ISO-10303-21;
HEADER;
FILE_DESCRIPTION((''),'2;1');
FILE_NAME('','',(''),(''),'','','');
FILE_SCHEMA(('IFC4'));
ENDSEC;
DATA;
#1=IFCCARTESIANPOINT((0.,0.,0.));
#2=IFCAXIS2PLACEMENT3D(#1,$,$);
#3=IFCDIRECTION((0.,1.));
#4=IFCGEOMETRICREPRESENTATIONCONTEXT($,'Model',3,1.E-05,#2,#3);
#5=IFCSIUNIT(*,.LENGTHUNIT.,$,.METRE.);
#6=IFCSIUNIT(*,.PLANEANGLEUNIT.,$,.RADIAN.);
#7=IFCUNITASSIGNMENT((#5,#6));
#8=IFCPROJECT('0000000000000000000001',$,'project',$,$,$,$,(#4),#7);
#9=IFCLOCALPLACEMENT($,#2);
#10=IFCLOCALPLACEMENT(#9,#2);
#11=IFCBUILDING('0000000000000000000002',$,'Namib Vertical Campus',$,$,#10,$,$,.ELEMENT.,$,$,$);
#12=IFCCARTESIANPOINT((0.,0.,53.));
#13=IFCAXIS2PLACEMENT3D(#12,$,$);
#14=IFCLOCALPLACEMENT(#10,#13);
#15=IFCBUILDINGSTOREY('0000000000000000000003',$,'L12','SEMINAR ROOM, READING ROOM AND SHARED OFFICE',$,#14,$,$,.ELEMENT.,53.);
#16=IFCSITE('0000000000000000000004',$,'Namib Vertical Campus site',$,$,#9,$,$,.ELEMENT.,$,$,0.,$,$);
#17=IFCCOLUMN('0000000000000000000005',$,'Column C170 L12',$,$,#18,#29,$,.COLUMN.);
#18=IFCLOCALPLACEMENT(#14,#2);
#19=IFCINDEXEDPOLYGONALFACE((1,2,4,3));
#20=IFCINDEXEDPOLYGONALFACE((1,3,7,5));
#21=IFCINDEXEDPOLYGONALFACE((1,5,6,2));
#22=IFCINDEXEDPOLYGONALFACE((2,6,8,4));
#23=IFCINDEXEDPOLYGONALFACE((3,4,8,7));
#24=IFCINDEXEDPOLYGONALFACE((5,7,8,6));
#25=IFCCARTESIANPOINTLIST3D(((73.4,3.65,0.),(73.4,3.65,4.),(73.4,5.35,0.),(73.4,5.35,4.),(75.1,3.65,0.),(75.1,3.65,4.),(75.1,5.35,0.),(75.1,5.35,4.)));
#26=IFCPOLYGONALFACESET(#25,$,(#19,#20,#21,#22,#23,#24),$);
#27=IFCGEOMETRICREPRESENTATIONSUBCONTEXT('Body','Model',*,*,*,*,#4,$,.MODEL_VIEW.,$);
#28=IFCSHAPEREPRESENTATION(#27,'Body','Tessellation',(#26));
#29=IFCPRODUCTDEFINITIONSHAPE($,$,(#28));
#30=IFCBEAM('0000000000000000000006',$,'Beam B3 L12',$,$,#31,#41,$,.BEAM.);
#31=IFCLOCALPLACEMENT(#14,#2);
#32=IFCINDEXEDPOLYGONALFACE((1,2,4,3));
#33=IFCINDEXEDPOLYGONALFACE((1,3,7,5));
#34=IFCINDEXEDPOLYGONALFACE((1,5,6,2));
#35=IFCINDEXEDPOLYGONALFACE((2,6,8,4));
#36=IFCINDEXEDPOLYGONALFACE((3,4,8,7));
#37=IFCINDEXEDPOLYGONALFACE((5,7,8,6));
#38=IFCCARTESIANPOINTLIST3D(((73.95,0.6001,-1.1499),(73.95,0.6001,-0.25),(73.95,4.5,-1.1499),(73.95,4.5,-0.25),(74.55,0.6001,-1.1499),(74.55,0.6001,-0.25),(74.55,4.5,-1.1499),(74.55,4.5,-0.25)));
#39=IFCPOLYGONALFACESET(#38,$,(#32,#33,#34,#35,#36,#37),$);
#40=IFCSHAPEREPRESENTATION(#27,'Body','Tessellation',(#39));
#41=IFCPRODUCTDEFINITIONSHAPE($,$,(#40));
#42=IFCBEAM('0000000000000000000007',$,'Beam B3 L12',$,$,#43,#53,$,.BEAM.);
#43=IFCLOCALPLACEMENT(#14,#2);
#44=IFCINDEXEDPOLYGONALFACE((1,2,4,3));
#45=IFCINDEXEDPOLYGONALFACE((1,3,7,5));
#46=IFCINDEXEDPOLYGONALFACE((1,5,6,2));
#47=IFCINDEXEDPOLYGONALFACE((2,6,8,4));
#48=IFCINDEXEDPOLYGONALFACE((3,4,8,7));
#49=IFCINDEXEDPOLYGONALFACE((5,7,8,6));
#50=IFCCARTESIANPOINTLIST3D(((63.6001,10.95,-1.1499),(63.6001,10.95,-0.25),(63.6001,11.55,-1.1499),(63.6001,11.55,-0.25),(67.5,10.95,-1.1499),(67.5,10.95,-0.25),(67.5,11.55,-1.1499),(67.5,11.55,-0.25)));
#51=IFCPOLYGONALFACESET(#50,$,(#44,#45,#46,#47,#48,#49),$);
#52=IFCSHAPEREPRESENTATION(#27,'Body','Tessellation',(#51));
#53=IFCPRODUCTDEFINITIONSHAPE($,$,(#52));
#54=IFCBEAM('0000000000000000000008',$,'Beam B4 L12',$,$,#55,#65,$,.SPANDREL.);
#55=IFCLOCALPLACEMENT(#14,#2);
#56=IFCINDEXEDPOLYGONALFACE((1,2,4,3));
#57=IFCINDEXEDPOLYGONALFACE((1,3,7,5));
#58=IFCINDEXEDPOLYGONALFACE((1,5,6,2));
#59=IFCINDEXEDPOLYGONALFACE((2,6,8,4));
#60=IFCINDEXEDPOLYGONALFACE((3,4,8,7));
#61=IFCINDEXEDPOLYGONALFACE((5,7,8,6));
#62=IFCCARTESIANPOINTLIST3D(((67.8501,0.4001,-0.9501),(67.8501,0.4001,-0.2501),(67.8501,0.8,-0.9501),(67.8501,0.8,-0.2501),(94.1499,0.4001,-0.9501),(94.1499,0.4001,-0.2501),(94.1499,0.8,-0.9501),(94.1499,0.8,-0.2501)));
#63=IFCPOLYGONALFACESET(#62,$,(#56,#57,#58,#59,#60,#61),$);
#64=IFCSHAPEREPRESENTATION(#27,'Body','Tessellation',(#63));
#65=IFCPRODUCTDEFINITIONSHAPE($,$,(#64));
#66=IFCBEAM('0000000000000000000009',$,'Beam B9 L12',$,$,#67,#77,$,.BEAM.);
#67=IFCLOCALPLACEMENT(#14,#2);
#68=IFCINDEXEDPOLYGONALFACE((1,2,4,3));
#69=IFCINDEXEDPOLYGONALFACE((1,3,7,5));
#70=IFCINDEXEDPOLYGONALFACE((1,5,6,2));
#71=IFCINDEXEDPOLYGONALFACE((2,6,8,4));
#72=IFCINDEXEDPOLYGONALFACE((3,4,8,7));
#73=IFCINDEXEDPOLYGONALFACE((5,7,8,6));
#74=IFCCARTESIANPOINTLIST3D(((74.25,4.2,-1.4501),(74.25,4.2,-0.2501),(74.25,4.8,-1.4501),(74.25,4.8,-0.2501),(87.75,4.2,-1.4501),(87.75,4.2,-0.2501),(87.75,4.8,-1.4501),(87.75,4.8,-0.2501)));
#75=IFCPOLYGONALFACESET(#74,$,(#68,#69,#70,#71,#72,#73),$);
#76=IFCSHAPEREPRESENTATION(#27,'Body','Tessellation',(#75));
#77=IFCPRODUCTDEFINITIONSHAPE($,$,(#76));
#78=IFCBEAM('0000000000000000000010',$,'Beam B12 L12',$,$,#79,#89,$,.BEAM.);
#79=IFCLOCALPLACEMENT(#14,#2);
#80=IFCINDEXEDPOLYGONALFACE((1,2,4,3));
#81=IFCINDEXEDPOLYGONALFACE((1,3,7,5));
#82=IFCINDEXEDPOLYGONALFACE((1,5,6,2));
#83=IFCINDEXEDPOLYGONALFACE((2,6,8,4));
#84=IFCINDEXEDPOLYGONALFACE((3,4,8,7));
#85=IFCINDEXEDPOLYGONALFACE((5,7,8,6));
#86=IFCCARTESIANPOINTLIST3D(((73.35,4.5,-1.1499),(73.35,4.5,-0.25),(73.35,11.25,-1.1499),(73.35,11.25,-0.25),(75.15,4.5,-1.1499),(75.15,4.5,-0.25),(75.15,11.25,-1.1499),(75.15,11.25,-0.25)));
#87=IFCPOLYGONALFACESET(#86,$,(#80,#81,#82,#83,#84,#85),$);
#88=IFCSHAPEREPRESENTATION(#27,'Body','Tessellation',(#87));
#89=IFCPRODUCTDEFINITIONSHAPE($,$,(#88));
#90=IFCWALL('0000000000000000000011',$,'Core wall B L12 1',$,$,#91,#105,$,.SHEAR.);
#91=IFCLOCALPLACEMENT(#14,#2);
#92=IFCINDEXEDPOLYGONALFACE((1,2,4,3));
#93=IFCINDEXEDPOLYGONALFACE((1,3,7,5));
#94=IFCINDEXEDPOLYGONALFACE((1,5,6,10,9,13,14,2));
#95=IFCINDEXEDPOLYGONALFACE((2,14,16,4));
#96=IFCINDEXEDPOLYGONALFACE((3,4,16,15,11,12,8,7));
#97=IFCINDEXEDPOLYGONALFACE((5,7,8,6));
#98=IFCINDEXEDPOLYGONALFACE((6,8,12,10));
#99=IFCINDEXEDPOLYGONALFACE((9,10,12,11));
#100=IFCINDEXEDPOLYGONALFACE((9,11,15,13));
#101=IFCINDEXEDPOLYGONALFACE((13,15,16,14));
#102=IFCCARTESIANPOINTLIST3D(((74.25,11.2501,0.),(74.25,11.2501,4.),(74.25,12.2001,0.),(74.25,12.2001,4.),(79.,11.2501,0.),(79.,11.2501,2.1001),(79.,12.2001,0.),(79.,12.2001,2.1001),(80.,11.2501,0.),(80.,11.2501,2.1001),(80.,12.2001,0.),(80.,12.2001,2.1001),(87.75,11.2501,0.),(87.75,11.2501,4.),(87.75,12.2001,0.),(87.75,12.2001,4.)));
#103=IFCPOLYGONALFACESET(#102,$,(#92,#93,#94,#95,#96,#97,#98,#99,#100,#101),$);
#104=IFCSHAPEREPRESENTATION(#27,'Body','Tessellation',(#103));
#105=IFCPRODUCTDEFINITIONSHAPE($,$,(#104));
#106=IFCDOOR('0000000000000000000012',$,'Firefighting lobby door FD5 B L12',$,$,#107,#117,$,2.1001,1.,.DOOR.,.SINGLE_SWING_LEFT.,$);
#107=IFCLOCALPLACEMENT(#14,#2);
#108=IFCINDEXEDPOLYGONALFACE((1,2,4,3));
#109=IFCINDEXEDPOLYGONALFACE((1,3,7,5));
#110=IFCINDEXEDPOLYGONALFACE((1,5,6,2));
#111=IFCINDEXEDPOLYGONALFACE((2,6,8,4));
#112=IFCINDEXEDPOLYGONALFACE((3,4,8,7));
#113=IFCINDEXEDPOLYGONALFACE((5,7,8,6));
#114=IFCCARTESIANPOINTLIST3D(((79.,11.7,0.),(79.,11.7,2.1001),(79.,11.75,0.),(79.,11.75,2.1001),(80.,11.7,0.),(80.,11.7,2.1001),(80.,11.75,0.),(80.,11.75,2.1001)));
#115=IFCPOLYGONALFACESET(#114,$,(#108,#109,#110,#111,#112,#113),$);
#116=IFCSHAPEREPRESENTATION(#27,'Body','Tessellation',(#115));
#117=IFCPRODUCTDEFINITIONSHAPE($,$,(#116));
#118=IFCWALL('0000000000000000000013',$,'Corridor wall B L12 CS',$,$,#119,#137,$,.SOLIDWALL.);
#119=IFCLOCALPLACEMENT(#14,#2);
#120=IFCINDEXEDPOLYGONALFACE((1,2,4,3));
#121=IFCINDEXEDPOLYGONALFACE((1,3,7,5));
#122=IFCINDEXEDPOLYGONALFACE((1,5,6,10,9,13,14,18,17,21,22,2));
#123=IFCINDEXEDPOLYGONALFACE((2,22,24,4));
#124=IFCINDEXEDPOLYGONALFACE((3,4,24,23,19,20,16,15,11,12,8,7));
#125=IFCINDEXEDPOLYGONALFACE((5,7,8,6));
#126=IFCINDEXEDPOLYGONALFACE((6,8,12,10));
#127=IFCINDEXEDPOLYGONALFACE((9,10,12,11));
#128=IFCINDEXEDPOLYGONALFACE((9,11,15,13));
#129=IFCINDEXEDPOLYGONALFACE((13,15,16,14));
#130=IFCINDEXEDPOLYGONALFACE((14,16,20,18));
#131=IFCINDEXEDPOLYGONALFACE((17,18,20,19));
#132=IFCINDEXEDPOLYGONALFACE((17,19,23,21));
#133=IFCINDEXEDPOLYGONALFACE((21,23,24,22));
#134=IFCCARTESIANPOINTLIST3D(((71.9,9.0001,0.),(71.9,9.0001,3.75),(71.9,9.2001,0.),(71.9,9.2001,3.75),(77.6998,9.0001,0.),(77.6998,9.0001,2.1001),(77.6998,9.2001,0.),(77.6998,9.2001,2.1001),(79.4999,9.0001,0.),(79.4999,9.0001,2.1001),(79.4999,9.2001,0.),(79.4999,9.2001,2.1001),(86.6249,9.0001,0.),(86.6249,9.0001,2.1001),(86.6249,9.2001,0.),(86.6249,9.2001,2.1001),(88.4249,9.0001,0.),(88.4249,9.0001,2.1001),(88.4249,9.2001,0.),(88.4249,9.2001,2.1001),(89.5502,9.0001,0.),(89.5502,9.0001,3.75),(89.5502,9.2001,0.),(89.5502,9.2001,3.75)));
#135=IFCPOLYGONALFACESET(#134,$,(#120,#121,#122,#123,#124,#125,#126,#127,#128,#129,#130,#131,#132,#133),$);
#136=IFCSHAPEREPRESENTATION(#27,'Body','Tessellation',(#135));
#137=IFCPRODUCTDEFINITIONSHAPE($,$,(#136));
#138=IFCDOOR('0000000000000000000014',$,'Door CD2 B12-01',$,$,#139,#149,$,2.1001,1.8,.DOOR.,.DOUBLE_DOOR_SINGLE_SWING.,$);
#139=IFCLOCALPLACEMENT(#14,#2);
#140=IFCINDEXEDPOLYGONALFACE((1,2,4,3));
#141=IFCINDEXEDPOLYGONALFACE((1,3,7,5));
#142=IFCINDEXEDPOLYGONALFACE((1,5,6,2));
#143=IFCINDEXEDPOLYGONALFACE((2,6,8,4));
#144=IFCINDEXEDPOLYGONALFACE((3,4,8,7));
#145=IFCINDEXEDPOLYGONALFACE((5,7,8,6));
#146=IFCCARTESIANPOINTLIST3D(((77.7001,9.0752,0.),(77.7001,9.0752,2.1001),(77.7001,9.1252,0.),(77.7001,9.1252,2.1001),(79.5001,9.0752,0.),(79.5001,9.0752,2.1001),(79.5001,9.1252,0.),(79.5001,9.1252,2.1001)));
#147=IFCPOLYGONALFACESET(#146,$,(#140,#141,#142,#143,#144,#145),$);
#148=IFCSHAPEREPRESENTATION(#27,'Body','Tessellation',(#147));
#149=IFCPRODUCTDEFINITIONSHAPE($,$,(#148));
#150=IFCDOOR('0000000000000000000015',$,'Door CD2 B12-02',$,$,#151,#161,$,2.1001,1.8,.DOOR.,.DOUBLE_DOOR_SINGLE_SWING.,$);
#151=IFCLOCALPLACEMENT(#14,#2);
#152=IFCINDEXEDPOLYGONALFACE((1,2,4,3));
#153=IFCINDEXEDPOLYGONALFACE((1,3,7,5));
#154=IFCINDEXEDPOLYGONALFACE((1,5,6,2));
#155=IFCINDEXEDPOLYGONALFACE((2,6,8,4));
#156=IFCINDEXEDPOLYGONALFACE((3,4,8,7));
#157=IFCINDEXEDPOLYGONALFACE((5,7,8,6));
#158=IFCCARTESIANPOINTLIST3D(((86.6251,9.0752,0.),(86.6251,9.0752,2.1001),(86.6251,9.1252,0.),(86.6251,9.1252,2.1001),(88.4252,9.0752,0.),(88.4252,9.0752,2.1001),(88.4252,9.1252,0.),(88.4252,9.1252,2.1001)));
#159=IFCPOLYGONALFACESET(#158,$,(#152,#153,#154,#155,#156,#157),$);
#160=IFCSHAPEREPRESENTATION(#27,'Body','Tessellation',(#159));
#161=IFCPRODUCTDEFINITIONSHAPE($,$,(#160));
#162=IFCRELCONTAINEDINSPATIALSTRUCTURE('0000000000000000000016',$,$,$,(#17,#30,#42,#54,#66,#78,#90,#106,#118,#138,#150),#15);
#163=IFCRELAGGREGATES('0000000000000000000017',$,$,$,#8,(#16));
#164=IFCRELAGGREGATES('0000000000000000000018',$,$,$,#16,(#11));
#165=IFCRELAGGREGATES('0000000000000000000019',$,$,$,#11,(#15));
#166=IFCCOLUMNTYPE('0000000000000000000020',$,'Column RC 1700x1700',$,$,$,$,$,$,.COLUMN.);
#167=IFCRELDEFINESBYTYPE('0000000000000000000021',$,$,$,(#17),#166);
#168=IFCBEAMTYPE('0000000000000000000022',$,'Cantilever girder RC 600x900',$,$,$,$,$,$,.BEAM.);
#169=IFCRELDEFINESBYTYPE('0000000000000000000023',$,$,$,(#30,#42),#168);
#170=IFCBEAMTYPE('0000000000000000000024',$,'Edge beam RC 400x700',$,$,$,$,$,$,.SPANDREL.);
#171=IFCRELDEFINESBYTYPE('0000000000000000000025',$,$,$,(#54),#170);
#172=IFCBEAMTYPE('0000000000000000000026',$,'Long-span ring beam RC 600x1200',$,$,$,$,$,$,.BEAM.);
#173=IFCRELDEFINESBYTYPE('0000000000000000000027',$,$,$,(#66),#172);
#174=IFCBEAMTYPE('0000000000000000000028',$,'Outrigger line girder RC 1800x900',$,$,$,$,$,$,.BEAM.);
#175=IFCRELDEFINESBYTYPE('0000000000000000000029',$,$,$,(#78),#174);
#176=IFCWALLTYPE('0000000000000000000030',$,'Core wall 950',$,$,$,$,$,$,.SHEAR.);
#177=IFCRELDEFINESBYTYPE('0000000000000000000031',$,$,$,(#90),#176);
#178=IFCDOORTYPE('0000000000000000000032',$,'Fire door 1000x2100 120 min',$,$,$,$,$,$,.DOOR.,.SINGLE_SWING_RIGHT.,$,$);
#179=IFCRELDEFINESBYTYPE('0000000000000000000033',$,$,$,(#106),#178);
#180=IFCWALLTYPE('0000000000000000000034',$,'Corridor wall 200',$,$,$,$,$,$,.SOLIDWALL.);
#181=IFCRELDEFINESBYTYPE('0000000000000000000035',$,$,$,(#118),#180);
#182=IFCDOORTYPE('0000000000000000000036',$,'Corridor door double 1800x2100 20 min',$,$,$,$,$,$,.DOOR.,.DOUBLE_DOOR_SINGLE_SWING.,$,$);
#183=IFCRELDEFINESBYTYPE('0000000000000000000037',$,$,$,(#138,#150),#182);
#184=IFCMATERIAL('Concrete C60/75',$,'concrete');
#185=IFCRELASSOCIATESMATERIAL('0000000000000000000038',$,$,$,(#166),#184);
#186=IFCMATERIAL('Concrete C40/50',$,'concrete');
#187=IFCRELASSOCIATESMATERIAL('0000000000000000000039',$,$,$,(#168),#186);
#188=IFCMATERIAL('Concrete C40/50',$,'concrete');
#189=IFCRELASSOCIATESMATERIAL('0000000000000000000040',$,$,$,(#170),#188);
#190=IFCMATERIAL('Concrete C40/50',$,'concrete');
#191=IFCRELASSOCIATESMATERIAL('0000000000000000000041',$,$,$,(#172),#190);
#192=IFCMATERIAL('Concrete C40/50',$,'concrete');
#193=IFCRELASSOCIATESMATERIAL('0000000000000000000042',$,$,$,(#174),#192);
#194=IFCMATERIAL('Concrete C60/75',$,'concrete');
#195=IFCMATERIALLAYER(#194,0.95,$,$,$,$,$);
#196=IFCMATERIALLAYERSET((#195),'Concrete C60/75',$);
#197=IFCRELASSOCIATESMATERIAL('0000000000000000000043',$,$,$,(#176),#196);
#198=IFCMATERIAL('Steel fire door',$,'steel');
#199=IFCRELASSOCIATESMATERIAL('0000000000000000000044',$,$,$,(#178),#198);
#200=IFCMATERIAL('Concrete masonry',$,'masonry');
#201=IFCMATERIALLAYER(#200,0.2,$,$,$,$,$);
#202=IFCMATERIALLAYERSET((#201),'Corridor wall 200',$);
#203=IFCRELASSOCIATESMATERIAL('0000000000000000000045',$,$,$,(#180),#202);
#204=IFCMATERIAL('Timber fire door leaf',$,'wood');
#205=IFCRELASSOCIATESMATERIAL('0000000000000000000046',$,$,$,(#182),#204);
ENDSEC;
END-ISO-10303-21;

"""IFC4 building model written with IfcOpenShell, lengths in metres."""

from ifc_helpers import new_model, si_unit, direction, frame, frame_2d, origin, origin_2d, place, context, subcontext, project, spatial, rectangle, extrude, material, layer, layer_set, material_profile, profile_set, type_object, element, fill, save


model = new_model("IFC4")

# Units and contexts
model_context = context("Model", 3, precision=1e-05, world=origin(), true_north=direction((0.0, 1.0)))
body_context = subcontext(model_context, "Body", "Model", "MODEL_VIEW")
ifc_project = project(units=[si_unit("LENGTHUNIT", "METRE"), si_unit("PLANEANGLEUNIT", "RADIAN")], contexts=[model_context])

# Site, building, storey
site_placement = place(None, origin())
site = spatial("IfcSite", under=ifc_project, at=site_placement, Name="Namib Vertical Campus site", CompositionType="ELEMENT", RefElevation=0.0)
building_placement = place(site_placement, origin())
building = spatial("IfcBuilding", under=site, at=building_placement, Name="Namib Vertical Campus", CompositionType="ELEMENT")
storey_placement = place(building_placement, frame((0.0, 0.0, 53.0)))
storey = spatial("IfcBuildingStorey", under=building, at=storey_placement, Name="L12", Description="SEMINAR ROOM, READING ROOM AND SHARED OFFICE", CompositionType="ELEMENT", Elevation=53.0)

# Column
ifc_material_1 = material(Name="Concrete C60/75", Category="concrete")
ifc_material_profile_1 = material_profile(ifc_material_1, rectangle(XDim=1.7, YDim=1.7, at=origin_2d()))
ifc_profile_set_1 = profile_set([ifc_material_profile_1], Name="Concrete C60/75")
column_type = type_object("IfcColumnType", Name="Column RC 1700x1700", PredefinedType="COLUMN", material=ifc_profile_set_1)
column_placement = place(storey_placement, frame((74.25, 4.5, 0.0), z_axis=(0.0, 0.0, 1.0), x_axis=(1.0, 0.0, 0.0)))
element("IfcColumn", 1, at=column_placement, inside=storey, type_object=column_type, Name="Column C170 L12", PredefinedType="COLUMN", context=body_context, shape_type="SweptSolid", body=[
    extrude(rectangle(XDim=1.7, YDim=1.7, at=origin_2d()), origin(), (0.0, 0.0, 1.0), 4.0),
])

# Beams
ifc_material_2 = material(Name="Concrete C40/50", Category="concrete")
ifc_material_profile_2 = material_profile(ifc_material_2, rectangle(XDim=0.6001, YDim=0.8999, at=origin_2d()))
ifc_profile_set_2 = profile_set([ifc_material_profile_2], Name="Concrete C40/50")
beam_type_1 = type_object("IfcBeamType", Name="Cantilever girder RC 600x900", PredefinedType="BEAM", material=ifc_profile_set_2)
for number, where, z_axis, x_axis, name in (
    (2, (74.25, 4.5, -0.7), (0.0, -1.0, 0.0), (1.0, 0.0, 0.0), "Beam B3 L12"),
    (3, (67.5, 11.25, -0.7), (-1.0, 0.0, 0.0), (0.0, -1.0, 0.0), "Beam B3 L12"),
):
    element("IfcBeam", number, at=place(storey_placement, frame(where, z_axis=z_axis, x_axis=x_axis)), inside=storey, type_object=beam_type_1, Name=name, PredefinedType="BEAM", context=body_context, shape_type="SweptSolid", body=[
        extrude(rectangle(XDim=0.6001, YDim=0.8999, at=origin_2d()), origin(), (0.0, 0.0, 1.0), 3.8999),
    ])
ifc_material_3 = material(Name="Concrete C40/50", Category="concrete")
ifc_material_profile_3 = material_profile(ifc_material_3, rectangle(XDim=0.3999, YDim=0.7, at=origin_2d()))
ifc_profile_set_3 = profile_set([ifc_material_profile_3], Name="Concrete C40/50")
beam_type_2 = type_object("IfcBeamType", Name="Edge beam RC 400x700", PredefinedType="SPANDREL", material=ifc_profile_set_3)
beam_1_placement = place(storey_placement, frame((67.8501, 0.6001, -0.6001), z_axis=(1.0, 0.0, 0.0), x_axis=(0.0, 1.0, 0.0)))
element("IfcBeam", 4, at=beam_1_placement, inside=storey, type_object=beam_type_2, Name="Beam B4 L12", PredefinedType="SPANDREL", context=body_context, shape_type="SweptSolid", body=[
    extrude(rectangle(XDim=0.3999, YDim=0.7, at=origin_2d()), origin(), (0.0, 0.0, 1.0), 26.2998),
])
ifc_material_4 = material(Name="Concrete C40/50", Category="concrete")
ifc_material_profile_4 = material_profile(ifc_material_4, rectangle(XDim=0.6001, YDim=1.2, at=origin_2d()))
ifc_profile_set_4 = profile_set([ifc_material_profile_4], Name="Concrete C40/50")
beam_type_3 = type_object("IfcBeamType", Name="Long-span ring beam RC 600x1200", PredefinedType="BEAM", material=ifc_profile_set_4)
beam_2_placement = place(storey_placement, frame((74.25, 4.5, -0.8501), z_axis=(1.0, 0.0, 0.0), x_axis=(0.0, 1.0, 0.0)))
element("IfcBeam", 5, at=beam_2_placement, inside=storey, type_object=beam_type_3, Name="Beam B9 L12", PredefinedType="BEAM", context=body_context, shape_type="SweptSolid", body=[
    extrude(rectangle(XDim=0.6001, YDim=1.2, at=origin_2d()), origin(), (0.0, 0.0, 1.0), 13.5),
])
ifc_material_5 = material(Name="Concrete C40/50", Category="concrete")
ifc_material_profile_5 = material_profile(ifc_material_5, rectangle(XDim=1.8, YDim=0.8999, at=origin_2d()))
ifc_profile_set_5 = profile_set([ifc_material_profile_5], Name="Concrete C40/50")
beam_type_4 = type_object("IfcBeamType", Name="Outrigger line girder RC 1800x900", PredefinedType="BEAM", material=ifc_profile_set_5)
beam_3_placement = place(storey_placement, frame((74.25, 4.5, -0.7), z_axis=(0.0, 1.0, 0.0), x_axis=(-1.0, 0.0, 0.0)))
element("IfcBeam", 6, at=beam_3_placement, inside=storey, type_object=beam_type_4, Name="Beam B12 L12", PredefinedType="BEAM", context=body_context, shape_type="SweptSolid", body=[
    extrude(rectangle(XDim=1.8, YDim=0.8999, at=origin_2d()), origin(), (0.0, 0.0, 1.0), 6.75),
])

# Wall, opening, door
ifc_material_6 = material(Name="Concrete C60/75", Category="concrete")
ifc_layer_1 = layer(ifc_material_6, 0.95)
ifc_layer_set_1 = layer_set([ifc_layer_1], Name="Concrete C60/75")
wall_type_1 = type_object("IfcWallType", Name="Core wall 950", PredefinedType="SHEAR", material=ifc_layer_set_1)
wall_1_placement = place(storey_placement, frame((74.25, 11.7251, 0.0), z_axis=(0.0, 0.0, 1.0), x_axis=(1.0, 0.0, 0.0)))
wall_1 = element("IfcWall", 7, at=wall_1_placement, inside=storey, type_object=wall_type_1, Name="Core wall B L12 1", PredefinedType="SHEAR", context=body_context, shape_type="SweptSolid", body=[
    extrude(rectangle(XDim=13.5, YDim=0.95, at=frame_2d((6.75, 0.0))), origin(), (0.0, 0.0, 1.0), 4.0),
])
opening_1_placement = place(wall_1_placement, frame((4.75, 0.0, 0.0)))
opening_1 = element("IfcOpeningElement", 8, at=opening_1_placement, cuts=wall_1, PredefinedType="OPENING", context=body_context, shape_type="SweptSolid", body=[
    extrude(rectangle(XDim=1.0, YDim=2.1001, at=frame_2d((0.5, 1.05))), frame((0.0, 0.4849, 0.0), z_axis=(0.0, -1.0, 0.0), x_axis=(1.0, 0.0, 0.0)), (0.0, 0.0, 1.0), 0.97),
])
ifc_material_7 = material(Name="Steel fire door", Category="steel")
door_type_1 = type_object("IfcDoorType", Name="Fire door 1000x2100 120 min", OperationType="SINGLE_SWING_RIGHT", PredefinedType="DOOR", material=ifc_material_7)
door_1_placement = place(opening_1_placement, origin())
door_1 = element("IfcDoor", 9, at=door_1_placement, inside=storey, type_object=door_type_1, Name="Firefighting lobby door FD5 B L12", OperationType="SINGLE_SWING_LEFT", OverallHeight=2.1001, OverallWidth=1.0, PredefinedType="DOOR", context=body_context, shape_type="SweptSolid", body=[
    extrude(rectangle(XDim=1.0, YDim=2.1001, at=frame_2d((0.5, 1.05))), frame((0.0, 0.0249, 0.0), z_axis=(0.0, -1.0, 0.0), x_axis=(1.0, 0.0, 0.0)), (0.0, 0.0, 1.0), 0.05),
])
fill(opening_1, door_1)

# Wall, openings, doors
ifc_material_8 = material(Name="Concrete masonry", Category="masonry")
ifc_layer_2 = layer(ifc_material_8, 0.2)
ifc_layer_set_2 = layer_set([ifc_layer_2], Name="Corridor wall 200")
wall_type_2 = type_object("IfcWallType", Name="Corridor wall 200", PredefinedType="SOLIDWALL", material=ifc_layer_set_2)
wall_2_placement = place(storey_placement, frame((71.8999, 9.1001, 0.0), z_axis=(0.0, 0.0, 1.0), x_axis=(1.0, 0.0, 0.0)))
wall_2 = element("IfcWall", 10, at=wall_2_placement, inside=storey, type_object=wall_type_2, Name="Corridor wall B L12 CS", PredefinedType="SOLIDWALL", context=body_context, shape_type="SweptSolid", body=[
    extrude(rectangle(XDim=17.6501, YDim=0.2, at=frame_2d((8.8252, 0.0))), origin(), (0.0, 0.0, 1.0), 3.75),
])
opening_2_placement = place(wall_2_placement, frame((5.8, 0.0, 0.0)))
opening_2 = element("IfcOpeningElement", 11, at=opening_2_placement, cuts=wall_2, PredefinedType="OPENING", context=body_context, shape_type="SweptSolid", body=[
    extrude(rectangle(XDim=1.8, YDim=2.1001, at=frame_2d((0.8999, 1.05))), frame((0.0, 0.1099, 0.0), z_axis=(0.0, -1.0, 0.0), x_axis=(1.0, 0.0, 0.0)), (0.0, 0.0, 1.0), 0.22),
])
opening_3_placement = place(wall_2_placement, frame((14.7251, 0.0, 0.0)))
opening_3 = element("IfcOpeningElement", 12, at=opening_3_placement, cuts=wall_2, PredefinedType="OPENING", context=body_context, shape_type="SweptSolid", body=[
    extrude(rectangle(XDim=1.8, YDim=2.1001, at=frame_2d((0.8999, 1.05))), frame((0.0, 0.1099, 0.0), z_axis=(0.0, -1.0, 0.0), x_axis=(1.0, 0.0, 0.0)), (0.0, 0.0, 1.0), 0.22),
])
ifc_material_9 = material(Name="Timber fire door leaf", Category="wood")
door_type_2 = type_object("IfcDoorType", Name="Corridor door double 1800x2100 20 min", OperationType="DOUBLE_DOOR_SINGLE_SWING", PredefinedType="DOOR", material=ifc_material_9)
door_2_placement = place(opening_2_placement, frame((1.8, 0.0, 0.0), z_axis=(0.0, 0.0, 1.0), x_axis=(-1.0, 0.0, 0.0)))
door_2 = element("IfcDoor", 13, at=door_2_placement, inside=storey, type_object=door_type_2, Name="Door CD2 B12-01", OperationType="DOUBLE_DOOR_SINGLE_SWING", OverallHeight=2.1001, OverallWidth=1.8, PredefinedType="DOOR", context=body_context, shape_type="SweptSolid", body=[
    extrude(rectangle(XDim=1.8, YDim=2.1001, at=frame_2d((0.8999, 1.05))), frame((0.0, 0.0249, 0.0), z_axis=(0.0, -1.0, 0.0), x_axis=(1.0, 0.0, 0.0)), (0.0, 0.0, 1.0), 0.05),
])
fill(opening_2, door_2)
door_3_placement = place(opening_3_placement, frame((1.8, 0.0, 0.0), z_axis=(0.0, 0.0, 1.0), x_axis=(-1.0, 0.0, 0.0)))
door_3 = element("IfcDoor", 14, at=door_3_placement, inside=storey, type_object=door_type_2, Name="Door CD2 B12-02", OperationType="DOUBLE_DOOR_SINGLE_SWING", OverallHeight=2.1001, OverallWidth=1.8, PredefinedType="DOOR", context=body_context, shape_type="SweptSolid", body=[
    extrude(rectangle(XDim=1.8, YDim=2.1001, at=frame_2d((0.8999, 1.05))), frame((0.0, 0.0249, 0.0), z_axis=(0.0, -1.0, 0.0), x_axis=(1.0, 0.0, 0.0)), (0.0, 0.0, 1.0), 0.05),
])
fill(opening_3, door_3)

save(model, "model.ifc")
